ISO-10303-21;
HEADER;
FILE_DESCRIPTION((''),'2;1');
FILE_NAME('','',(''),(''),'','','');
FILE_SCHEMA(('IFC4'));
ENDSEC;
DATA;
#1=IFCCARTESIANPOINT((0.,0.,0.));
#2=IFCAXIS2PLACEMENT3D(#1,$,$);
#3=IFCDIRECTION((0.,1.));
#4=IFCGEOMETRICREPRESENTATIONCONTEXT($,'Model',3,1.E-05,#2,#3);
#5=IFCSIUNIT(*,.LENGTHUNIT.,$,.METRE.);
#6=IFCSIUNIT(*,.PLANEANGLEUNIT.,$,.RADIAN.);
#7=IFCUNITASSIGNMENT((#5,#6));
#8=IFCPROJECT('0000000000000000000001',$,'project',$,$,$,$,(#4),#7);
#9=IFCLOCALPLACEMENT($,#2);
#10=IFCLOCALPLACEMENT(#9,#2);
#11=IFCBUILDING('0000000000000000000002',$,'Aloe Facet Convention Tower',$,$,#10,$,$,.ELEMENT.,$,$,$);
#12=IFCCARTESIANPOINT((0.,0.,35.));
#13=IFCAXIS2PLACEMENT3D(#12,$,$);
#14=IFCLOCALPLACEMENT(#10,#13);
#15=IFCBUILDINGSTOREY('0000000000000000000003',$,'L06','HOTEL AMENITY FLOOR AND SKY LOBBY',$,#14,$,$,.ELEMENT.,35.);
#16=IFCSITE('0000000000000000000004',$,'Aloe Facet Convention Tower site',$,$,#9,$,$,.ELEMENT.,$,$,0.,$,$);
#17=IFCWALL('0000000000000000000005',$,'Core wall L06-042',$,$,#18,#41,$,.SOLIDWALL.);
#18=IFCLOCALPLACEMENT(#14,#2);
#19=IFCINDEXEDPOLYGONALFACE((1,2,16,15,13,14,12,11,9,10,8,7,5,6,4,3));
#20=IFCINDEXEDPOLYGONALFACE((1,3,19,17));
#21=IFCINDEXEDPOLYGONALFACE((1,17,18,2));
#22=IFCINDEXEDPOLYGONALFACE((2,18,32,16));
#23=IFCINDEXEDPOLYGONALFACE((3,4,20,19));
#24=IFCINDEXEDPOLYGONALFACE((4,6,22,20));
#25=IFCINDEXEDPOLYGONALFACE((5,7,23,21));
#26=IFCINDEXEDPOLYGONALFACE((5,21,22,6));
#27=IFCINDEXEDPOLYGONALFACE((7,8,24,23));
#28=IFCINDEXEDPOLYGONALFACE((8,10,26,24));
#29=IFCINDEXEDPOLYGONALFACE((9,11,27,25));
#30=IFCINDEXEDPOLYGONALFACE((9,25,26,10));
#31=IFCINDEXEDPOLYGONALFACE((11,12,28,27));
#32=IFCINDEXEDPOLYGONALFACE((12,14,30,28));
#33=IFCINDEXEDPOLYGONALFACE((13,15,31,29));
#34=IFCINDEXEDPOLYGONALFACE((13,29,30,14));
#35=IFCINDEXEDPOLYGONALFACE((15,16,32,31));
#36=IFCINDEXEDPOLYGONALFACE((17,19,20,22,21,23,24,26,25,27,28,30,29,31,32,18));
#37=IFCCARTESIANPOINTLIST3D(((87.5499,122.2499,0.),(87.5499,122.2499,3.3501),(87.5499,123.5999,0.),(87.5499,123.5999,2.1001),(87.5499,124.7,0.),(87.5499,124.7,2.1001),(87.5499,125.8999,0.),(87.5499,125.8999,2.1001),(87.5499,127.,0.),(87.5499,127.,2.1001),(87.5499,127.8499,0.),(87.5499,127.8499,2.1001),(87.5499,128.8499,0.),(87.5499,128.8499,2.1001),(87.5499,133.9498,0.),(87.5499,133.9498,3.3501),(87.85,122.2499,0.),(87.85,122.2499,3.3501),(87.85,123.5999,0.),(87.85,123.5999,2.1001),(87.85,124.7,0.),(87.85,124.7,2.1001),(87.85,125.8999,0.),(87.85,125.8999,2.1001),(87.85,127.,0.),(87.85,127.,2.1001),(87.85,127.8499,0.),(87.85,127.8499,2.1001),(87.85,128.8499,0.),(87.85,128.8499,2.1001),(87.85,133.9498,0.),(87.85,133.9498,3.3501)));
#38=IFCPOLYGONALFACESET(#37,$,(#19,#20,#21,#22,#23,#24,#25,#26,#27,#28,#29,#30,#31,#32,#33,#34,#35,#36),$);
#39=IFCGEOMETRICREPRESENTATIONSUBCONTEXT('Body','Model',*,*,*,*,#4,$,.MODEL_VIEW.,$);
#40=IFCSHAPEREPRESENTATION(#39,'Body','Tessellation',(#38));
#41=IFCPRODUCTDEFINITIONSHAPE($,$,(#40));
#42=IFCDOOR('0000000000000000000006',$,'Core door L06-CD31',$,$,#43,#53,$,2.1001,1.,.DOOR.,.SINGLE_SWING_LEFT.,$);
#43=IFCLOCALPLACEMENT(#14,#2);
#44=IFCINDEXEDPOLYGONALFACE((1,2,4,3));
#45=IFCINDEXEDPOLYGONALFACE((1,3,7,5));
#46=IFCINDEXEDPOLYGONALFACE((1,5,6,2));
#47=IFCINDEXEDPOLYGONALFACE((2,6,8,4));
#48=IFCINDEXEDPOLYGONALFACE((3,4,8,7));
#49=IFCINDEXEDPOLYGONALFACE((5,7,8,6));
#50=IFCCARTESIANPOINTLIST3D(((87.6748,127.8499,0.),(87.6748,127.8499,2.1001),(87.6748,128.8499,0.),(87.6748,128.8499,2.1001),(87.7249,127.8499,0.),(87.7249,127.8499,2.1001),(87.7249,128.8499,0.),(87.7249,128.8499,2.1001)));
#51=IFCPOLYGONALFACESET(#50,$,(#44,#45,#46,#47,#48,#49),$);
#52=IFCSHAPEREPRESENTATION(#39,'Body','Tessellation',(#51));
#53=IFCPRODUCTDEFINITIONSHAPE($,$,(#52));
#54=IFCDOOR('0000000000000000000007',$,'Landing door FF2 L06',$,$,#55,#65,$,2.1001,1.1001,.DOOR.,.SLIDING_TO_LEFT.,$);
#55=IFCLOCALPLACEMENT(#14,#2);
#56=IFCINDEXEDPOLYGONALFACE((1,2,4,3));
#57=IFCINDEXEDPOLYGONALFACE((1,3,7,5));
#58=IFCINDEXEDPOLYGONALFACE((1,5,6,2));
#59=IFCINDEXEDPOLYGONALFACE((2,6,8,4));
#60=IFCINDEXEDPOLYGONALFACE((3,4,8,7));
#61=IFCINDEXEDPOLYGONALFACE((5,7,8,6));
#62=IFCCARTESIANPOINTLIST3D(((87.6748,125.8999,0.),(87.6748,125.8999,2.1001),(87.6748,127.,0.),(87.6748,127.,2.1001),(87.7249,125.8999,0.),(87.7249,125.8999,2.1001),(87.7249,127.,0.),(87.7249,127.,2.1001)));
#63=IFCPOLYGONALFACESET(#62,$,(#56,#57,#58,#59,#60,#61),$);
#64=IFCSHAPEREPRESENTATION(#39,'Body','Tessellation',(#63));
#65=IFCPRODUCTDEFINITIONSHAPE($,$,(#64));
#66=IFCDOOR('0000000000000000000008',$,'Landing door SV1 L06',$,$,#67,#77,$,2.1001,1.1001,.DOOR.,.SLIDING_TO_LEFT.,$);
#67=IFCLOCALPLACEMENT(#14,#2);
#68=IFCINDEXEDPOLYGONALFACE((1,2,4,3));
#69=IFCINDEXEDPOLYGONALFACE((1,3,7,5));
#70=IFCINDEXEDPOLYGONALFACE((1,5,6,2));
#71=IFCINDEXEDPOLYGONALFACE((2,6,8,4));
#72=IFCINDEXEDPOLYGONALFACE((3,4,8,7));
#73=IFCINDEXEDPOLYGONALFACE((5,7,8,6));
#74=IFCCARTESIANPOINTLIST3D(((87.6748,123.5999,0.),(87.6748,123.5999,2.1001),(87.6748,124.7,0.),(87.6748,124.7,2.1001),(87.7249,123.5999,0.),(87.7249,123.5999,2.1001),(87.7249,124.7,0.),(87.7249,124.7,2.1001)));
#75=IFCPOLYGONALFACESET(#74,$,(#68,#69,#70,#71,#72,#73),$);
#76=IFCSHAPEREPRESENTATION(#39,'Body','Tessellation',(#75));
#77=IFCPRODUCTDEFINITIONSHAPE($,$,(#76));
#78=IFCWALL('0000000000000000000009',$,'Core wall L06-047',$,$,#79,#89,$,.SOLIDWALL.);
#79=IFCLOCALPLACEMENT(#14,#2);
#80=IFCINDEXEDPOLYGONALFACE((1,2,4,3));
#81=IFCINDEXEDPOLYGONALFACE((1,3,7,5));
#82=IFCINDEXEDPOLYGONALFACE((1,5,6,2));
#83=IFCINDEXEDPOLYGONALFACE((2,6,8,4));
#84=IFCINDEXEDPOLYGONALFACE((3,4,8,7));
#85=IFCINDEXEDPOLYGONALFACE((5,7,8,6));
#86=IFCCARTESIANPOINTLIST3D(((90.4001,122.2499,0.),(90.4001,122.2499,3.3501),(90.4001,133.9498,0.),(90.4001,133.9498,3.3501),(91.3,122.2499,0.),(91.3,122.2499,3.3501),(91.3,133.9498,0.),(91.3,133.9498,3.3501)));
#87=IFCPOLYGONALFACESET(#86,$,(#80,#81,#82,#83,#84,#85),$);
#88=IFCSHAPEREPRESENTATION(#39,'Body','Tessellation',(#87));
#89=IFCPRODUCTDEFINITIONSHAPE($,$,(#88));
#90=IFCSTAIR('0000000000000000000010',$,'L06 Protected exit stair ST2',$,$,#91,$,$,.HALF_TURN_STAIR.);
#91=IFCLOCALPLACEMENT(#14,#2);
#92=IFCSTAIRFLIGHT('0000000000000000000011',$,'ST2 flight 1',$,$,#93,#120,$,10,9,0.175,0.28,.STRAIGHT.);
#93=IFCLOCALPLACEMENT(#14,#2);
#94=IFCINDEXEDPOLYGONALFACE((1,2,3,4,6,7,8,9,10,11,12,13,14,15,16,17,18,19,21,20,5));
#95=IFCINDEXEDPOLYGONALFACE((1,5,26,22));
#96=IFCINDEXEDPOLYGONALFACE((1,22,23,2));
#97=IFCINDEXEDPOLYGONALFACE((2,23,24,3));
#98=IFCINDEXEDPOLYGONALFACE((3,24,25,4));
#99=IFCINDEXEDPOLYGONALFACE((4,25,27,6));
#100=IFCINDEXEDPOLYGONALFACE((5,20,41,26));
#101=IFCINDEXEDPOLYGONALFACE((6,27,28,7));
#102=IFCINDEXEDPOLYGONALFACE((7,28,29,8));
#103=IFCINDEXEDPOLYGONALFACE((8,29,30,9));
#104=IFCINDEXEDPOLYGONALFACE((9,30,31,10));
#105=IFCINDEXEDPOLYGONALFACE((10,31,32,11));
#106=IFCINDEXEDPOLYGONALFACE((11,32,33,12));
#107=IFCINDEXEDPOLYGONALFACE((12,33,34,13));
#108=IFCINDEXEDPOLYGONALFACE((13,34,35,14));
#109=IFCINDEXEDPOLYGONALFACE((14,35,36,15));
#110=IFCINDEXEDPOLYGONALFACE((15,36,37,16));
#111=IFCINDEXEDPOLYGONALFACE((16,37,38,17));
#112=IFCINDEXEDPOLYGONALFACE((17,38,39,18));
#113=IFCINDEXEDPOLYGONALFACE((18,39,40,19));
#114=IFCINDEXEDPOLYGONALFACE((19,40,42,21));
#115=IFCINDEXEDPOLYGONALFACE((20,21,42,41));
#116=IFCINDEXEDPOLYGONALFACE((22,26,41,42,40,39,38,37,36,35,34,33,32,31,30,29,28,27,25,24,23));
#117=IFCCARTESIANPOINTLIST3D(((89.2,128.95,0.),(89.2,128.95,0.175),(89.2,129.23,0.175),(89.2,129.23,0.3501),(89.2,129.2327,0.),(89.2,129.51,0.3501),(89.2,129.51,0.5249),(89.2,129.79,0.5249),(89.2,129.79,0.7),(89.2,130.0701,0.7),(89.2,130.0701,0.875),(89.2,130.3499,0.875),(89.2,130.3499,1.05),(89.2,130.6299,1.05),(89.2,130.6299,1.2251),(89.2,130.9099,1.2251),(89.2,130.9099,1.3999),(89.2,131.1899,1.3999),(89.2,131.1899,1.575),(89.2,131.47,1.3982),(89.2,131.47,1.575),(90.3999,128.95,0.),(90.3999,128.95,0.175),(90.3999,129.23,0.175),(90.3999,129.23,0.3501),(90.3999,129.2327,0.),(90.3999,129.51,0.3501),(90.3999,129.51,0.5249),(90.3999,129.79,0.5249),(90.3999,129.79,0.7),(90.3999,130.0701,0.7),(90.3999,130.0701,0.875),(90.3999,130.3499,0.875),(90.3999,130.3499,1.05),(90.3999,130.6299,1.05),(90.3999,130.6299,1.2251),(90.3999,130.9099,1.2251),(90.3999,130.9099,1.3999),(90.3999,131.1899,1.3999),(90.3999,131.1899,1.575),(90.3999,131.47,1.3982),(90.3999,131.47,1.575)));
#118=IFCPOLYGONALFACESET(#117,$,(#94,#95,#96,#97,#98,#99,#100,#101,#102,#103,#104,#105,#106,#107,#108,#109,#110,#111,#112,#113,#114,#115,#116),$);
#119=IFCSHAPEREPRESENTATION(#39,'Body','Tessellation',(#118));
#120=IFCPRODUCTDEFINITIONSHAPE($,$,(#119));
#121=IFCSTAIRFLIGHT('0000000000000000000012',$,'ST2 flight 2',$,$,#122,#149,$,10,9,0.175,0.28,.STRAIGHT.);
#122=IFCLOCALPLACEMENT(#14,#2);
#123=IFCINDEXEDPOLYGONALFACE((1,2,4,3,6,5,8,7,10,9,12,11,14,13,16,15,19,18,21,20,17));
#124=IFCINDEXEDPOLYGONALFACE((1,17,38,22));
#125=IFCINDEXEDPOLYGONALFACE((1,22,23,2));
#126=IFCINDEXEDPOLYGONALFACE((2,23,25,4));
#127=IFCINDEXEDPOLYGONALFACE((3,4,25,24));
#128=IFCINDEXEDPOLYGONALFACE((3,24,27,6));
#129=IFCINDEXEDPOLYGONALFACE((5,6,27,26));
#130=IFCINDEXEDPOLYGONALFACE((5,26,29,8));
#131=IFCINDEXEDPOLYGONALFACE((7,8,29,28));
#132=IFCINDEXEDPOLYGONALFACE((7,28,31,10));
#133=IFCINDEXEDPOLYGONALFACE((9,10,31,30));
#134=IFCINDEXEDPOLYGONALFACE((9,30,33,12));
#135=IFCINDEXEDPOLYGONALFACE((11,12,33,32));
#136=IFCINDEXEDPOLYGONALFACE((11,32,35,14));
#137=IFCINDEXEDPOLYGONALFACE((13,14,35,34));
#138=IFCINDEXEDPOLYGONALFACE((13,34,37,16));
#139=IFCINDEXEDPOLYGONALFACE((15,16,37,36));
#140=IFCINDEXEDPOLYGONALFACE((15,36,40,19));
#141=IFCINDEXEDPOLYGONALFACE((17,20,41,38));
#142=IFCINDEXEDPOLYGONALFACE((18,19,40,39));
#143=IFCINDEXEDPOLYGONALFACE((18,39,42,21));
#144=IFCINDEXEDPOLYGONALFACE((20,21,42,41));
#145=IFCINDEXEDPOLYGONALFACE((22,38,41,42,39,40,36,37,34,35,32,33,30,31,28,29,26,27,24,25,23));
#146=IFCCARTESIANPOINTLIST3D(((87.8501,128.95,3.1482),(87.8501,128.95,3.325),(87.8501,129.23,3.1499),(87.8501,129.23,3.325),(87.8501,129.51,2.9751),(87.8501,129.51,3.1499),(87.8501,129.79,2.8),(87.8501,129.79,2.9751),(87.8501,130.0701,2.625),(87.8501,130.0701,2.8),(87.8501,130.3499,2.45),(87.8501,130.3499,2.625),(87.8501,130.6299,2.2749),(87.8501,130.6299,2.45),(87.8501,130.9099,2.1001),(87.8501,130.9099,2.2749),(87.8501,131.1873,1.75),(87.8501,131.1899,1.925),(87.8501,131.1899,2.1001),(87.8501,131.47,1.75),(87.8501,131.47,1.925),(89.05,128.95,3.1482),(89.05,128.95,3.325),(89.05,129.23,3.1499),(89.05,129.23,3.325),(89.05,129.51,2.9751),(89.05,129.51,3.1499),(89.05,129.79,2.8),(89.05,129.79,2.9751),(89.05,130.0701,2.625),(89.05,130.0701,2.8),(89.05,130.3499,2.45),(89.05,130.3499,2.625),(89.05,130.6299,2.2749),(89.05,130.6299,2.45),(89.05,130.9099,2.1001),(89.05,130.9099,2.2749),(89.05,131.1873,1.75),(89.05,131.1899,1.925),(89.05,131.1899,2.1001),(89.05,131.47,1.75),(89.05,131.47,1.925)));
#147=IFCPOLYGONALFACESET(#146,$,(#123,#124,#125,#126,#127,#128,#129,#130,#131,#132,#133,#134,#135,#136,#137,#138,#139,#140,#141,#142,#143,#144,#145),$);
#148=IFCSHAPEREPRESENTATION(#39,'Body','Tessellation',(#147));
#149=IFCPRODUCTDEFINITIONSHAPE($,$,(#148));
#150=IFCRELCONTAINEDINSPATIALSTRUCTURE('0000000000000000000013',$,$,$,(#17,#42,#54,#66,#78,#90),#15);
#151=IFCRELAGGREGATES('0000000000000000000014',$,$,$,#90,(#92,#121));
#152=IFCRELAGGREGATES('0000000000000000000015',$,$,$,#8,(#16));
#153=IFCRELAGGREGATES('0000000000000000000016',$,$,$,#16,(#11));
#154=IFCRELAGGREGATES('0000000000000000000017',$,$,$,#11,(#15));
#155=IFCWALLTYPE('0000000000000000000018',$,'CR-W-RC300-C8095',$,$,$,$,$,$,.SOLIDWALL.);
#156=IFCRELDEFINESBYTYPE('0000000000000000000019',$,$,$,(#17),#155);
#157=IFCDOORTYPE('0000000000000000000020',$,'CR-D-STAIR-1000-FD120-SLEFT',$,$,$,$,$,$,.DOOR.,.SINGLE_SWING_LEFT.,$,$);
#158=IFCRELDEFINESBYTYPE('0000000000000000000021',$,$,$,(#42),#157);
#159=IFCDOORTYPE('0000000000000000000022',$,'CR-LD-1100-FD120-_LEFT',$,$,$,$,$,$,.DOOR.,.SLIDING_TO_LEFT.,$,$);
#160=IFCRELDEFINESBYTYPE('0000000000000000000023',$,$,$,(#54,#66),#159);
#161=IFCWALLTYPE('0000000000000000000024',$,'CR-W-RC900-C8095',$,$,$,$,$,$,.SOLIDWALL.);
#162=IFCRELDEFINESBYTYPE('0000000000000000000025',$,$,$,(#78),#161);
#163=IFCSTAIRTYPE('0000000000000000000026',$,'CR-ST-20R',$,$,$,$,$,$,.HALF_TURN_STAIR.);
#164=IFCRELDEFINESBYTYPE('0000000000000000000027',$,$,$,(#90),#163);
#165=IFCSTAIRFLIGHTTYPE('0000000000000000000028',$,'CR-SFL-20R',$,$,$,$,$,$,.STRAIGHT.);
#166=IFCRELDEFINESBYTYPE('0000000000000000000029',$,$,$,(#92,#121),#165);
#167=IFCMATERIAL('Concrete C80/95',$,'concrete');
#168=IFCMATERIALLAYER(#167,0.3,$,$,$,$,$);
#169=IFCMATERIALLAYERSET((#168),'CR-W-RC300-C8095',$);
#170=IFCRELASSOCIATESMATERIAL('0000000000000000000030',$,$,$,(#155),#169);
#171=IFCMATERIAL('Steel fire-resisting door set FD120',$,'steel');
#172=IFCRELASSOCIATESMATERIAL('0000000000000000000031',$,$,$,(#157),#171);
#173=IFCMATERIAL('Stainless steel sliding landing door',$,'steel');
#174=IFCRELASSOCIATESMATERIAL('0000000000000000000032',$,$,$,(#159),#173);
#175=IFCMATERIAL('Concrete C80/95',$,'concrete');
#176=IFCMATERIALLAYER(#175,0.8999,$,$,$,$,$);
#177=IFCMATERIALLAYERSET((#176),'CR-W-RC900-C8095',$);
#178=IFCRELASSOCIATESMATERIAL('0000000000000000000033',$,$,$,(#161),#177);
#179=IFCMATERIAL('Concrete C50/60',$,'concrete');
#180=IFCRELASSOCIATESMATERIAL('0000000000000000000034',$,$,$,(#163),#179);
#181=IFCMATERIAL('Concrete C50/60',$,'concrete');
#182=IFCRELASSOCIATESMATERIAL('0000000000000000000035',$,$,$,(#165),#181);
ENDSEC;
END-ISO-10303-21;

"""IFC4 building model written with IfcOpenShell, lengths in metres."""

from ifc_helpers import new_model, si_unit, direction, frame, frame_2d, origin, place, context, subcontext, project, spatial, polyline, rectangle, outline, extrude, material, layer, layer_set, type_object, element, fill, aggregate, save


model = new_model("IFC4")

# Units and contexts
model_context = context("Model", 3, precision=1e-05, world=origin(), true_north=direction((0.0, 1.0)))
body_context = subcontext(model_context, "Body", "Model", "MODEL_VIEW")
ifc_project = project(units=[si_unit("LENGTHUNIT", "METRE"), si_unit("PLANEANGLEUNIT", "RADIAN")], contexts=[model_context])

# Site, building, storey
site_placement = place(None, origin())
site = spatial("IfcSite", under=ifc_project, at=site_placement, Name="Aloe Facet Convention Tower site", CompositionType="ELEMENT", RefElevation=0.0)
building_placement = place(site_placement, origin())
building = spatial("IfcBuilding", under=site, at=building_placement, Name="Aloe Facet Convention Tower", CompositionType="ELEMENT")
storey_placement = place(building_placement, frame((0.0, 0.0, 35.0)))
storey = spatial("IfcBuildingStorey", under=building, at=storey_placement, Name="L06", Description="HOTEL AMENITY FLOOR AND SKY LOBBY", CompositionType="ELEMENT", Elevation=35.0)

# Shared definitions
ifc_material_1 = material(Name="Concrete C80/95", Category="concrete")
ifc_layer_1 = layer(ifc_material_1, 0.3)
ifc_layer_set_1 = layer_set([ifc_layer_1], Name="CR-W-RC300-C8095")
wall_type_1 = type_object("IfcWallType", Name="CR-W-RC300-C8095", PredefinedType="SOLIDWALL", material=ifc_layer_set_1)

# Wall, openings, doors
wall_1_placement = place(storey_placement, frame((87.7, 133.95, 0.0), z_axis=(0.0, 0.0, 1.0), x_axis=(0.0, -1.0, 0.0)))
wall_1 = element("IfcWall", 1, at=wall_1_placement, inside=storey, type_object=wall_type_1, Name="Core wall L06-042", PredefinedType="SOLIDWALL", context=body_context, shape_type="SweptSolid", body=[
    extrude(rectangle(XDim=11.7, YDim=0.3, at=frame_2d((5.8501, 0.0))), origin(), (0.0, 0.0, 1.0), 3.3501),
])
opening_1_placement = place(wall_1_placement, frame((6.95, 0.0, 0.0)))
opening_1 = element("IfcOpeningElement", 2, at=opening_1_placement, cuts=wall_1, PredefinedType="OPENING", context=body_context, shape_type="SweptSolid", body=[
    extrude(rectangle(XDim=1.1001, YDim=2.1001, at=frame_2d((0.55, 1.05))), frame((0.0, 0.1602, 0.0), z_axis=(0.0, -1.0, 0.0), x_axis=(1.0, 0.0, 0.0)), (0.0, 0.0, 1.0), 0.3201),
])
opening_2_placement = place(wall_1_placement, frame((5.1001, 0.0, 0.0)))
opening_2 = element("IfcOpeningElement", 3, at=opening_2_placement, cuts=wall_1, PredefinedType="OPENING", context=body_context, shape_type="SweptSolid", body=[
    extrude(rectangle(XDim=1.0, YDim=2.1001, at=frame_2d((0.5, 1.05))), frame((0.0, 0.1602, 0.0), z_axis=(0.0, -1.0, 0.0), x_axis=(1.0, 0.0, 0.0)), (0.0, 0.0, 1.0), 0.3201),
])
opening_3_placement = place(wall_1_placement, frame((9.25, 0.0, 0.0)))
opening_3 = element("IfcOpeningElement", 4, at=opening_3_placement, cuts=wall_1, PredefinedType="OPENING", context=body_context, shape_type="SweptSolid", body=[
    extrude(rectangle(XDim=1.1001, YDim=2.1001, at=frame_2d((0.55, 1.05))), frame((0.0, 0.1602, 0.0), z_axis=(0.0, -1.0, 0.0), x_axis=(1.0, 0.0, 0.0)), (0.0, 0.0, 1.0), 0.3201),
])
ifc_material_2 = material(Name="Steel fire-resisting door set FD120", Category="steel")
door_type_1 = type_object("IfcDoorType", Name="CR-D-STAIR-1000-FD120-SLEFT", OperationType="SINGLE_SWING_LEFT", PredefinedType="DOOR", material=ifc_material_2)
door_1_placement = place(opening_2_placement, origin())
door_1 = element("IfcDoor", 5, at=door_1_placement, inside=storey, type_object=door_type_1, Name="Core door L06-CD31", OperationType="SINGLE_SWING_LEFT", OverallHeight=2.1001, OverallWidth=1.0, PredefinedType="DOOR", context=body_context, shape_type="SweptSolid", body=[
    extrude(rectangle(XDim=1.0, YDim=2.1001, at=frame_2d((0.5, 1.05))), frame((0.0, 0.0249, 0.0), z_axis=(0.0, -1.0, 0.0), x_axis=(1.0, 0.0, 0.0)), (0.0, 0.0, 1.0), 0.05),
])
fill(opening_2, door_1)
ifc_material_3 = material(Name="Stainless steel sliding landing door", Category="steel")
door_type_2 = type_object("IfcDoorType", Name="CR-LD-1100-FD120-_LEFT", OperationType="SLIDING_TO_LEFT", PredefinedType="DOOR", material=ifc_material_3)
door_2_placement = place(opening_1_placement, origin())
door_2 = element("IfcDoor", 6, at=door_2_placement, inside=storey, type_object=door_type_2, Name="Landing door FF2 L06", OperationType="SLIDING_TO_LEFT", OverallHeight=2.1001, OverallWidth=1.1001, PredefinedType="DOOR", context=body_context, shape_type="SweptSolid", body=[
    extrude(rectangle(XDim=1.1001, YDim=2.1001, at=frame_2d((0.55, 1.05))), frame((0.0, 0.0249, 0.0), z_axis=(0.0, -1.0, 0.0), x_axis=(1.0, 0.0, 0.0)), (0.0, 0.0, 1.0), 0.05),
])
fill(opening_1, door_2)
door_3_placement = place(opening_3_placement, origin())
door_3 = element("IfcDoor", 7, at=door_3_placement, inside=storey, type_object=door_type_2, Name="Landing door SV1 L06", OperationType="SLIDING_TO_LEFT", OverallHeight=2.1001, OverallWidth=1.1001, PredefinedType="DOOR", context=body_context, shape_type="SweptSolid", body=[
    extrude(rectangle(XDim=1.1001, YDim=2.1001, at=frame_2d((0.55, 1.05))), frame((0.0, 0.0249, 0.0), z_axis=(0.0, -1.0, 0.0), x_axis=(1.0, 0.0, 0.0)), (0.0, 0.0, 1.0), 0.05),
])
fill(opening_3, door_3)

# Wall
ifc_material_4 = material(Name="Concrete C80/95", Category="concrete")
ifc_layer_2 = layer(ifc_material_4, 0.8999)
ifc_layer_set_2 = layer_set([ifc_layer_2], Name="CR-W-RC900-C8095")
wall_type_2 = type_object("IfcWallType", Name="CR-W-RC900-C8095", PredefinedType="SOLIDWALL", material=ifc_layer_set_2)
wall_2_placement = place(storey_placement, frame((90.8501, 133.95, 0.0), z_axis=(0.0, 0.0, 1.0), x_axis=(0.0, -1.0, 0.0)))
element("IfcWall", 8, at=wall_2_placement, inside=storey, type_object=wall_type_2, Name="Core wall L06-047", PredefinedType="SOLIDWALL", context=body_context, shape_type="SweptSolid", body=[
    extrude(rectangle(XDim=11.7, YDim=0.8999, at=frame_2d((5.8501, 0.0))), origin(), (0.0, 0.0, 1.0), 3.3501),
])

# Stair, stair flights
ifc_material_5 = material(Name="Concrete C50/60", Category="concrete")
stair_type = type_object("IfcStairType", Name="CR-ST-20R", PredefinedType="HALF_TURN_STAIR", material=ifc_material_5)
stair_placement = place(storey_placement, origin())
stair = element("IfcStair", 9, at=stair_placement, inside=storey, type_object=stair_type, Name="L06 Protected exit stair ST2", PredefinedType="HALF_TURN_STAIR")
ifc_material_6 = material(Name="Concrete C50/60", Category="concrete")
stair_flight_type = type_object("IfcStairFlightType", Name="CR-SFL-20R", PredefinedType="STRAIGHT", material=ifc_material_6)
stair_flight_1_placement = place(storey_placement, frame((89.8, 128.95, 0.0), z_axis=(0.0, 0.0, 1.0), x_axis=(0.0, 1.0, 0.0)))
stair_flight_1 = element("IfcStairFlight", 10, at=stair_flight_1_placement, type_object=stair_flight_type, Name="ST2 flight 1", NumberOfRisers=10, NumberOfTreads=9, PredefinedType="STRAIGHT", RiserHeight=0.175, TreadLength=0.28, context=body_context, shape_type="SweptSolid", body=[
    extrude(outline(polyline([(0.0, 0.0), (0.0, 0.175), (0.28, 0.175), (0.28, 0.3501), (0.5601, 0.3501), (0.5601, 0.5249), (0.8401, 0.5249), (0.8401, 0.7), (1.1201, 0.7), (1.1201, 0.875), (1.3999, 0.875), (1.3999, 1.05), (1.6799, 1.05), (1.6799, 1.2251), (1.96, 1.2251), (1.96, 1.3999), (2.24, 1.3999), (2.24, 1.575), (2.52, 1.575), (2.52, 1.75), (2.52, 1.3982), (0.2827, 0.0), (0.0, 0.0)])), frame((0.0, 0.6001, 0.0), z_axis=(0.0, -1.0, 0.0), x_axis=(1.0, 0.0, 0.0)), (0.0, 0.0, 1.0), 1.2),
])
stair_flight_2_placement = place(storey_placement, frame((88.45, 131.47, 1.75), z_axis=(0.0, 0.0, 1.0), x_axis=(0.0, -1.0, 0.0)))
stair_flight_2 = element("IfcStairFlight", 11, at=stair_flight_2_placement, type_object=stair_flight_type, Name="ST2 flight 2", NumberOfRisers=10, NumberOfTreads=9, PredefinedType="STRAIGHT", RiserHeight=0.175, TreadLength=0.28, context=body_context, shape_type="SweptSolid", body=[
    extrude(outline(polyline([(0.0, 0.0), (0.0, 0.175), (0.28, 0.175), (0.28, 0.3501), (0.5601, 0.3501), (0.5601, 0.5249), (0.8401, 0.5249), (0.8401, 0.7), (1.1201, 0.7), (1.1201, 0.875), (1.3999, 0.875), (1.3999, 1.05), (1.6799, 1.05), (1.6799, 1.2251), (1.96, 1.2251), (1.96, 1.3999), (2.24, 1.3999), (2.24, 1.575), (2.52, 1.575), (2.52, 1.75), (2.52, 1.3982), (0.2827, 0.0), (0.0, 0.0)])), frame((0.0, 0.6001, 0.0), z_axis=(0.0, -1.0, 0.0), x_axis=(1.0, 0.0, 0.0)), (0.0, 0.0, 1.0), 1.2),
])
aggregate(stair, [stair_flight_1, stair_flight_2])

save(model, "model.ifc")
